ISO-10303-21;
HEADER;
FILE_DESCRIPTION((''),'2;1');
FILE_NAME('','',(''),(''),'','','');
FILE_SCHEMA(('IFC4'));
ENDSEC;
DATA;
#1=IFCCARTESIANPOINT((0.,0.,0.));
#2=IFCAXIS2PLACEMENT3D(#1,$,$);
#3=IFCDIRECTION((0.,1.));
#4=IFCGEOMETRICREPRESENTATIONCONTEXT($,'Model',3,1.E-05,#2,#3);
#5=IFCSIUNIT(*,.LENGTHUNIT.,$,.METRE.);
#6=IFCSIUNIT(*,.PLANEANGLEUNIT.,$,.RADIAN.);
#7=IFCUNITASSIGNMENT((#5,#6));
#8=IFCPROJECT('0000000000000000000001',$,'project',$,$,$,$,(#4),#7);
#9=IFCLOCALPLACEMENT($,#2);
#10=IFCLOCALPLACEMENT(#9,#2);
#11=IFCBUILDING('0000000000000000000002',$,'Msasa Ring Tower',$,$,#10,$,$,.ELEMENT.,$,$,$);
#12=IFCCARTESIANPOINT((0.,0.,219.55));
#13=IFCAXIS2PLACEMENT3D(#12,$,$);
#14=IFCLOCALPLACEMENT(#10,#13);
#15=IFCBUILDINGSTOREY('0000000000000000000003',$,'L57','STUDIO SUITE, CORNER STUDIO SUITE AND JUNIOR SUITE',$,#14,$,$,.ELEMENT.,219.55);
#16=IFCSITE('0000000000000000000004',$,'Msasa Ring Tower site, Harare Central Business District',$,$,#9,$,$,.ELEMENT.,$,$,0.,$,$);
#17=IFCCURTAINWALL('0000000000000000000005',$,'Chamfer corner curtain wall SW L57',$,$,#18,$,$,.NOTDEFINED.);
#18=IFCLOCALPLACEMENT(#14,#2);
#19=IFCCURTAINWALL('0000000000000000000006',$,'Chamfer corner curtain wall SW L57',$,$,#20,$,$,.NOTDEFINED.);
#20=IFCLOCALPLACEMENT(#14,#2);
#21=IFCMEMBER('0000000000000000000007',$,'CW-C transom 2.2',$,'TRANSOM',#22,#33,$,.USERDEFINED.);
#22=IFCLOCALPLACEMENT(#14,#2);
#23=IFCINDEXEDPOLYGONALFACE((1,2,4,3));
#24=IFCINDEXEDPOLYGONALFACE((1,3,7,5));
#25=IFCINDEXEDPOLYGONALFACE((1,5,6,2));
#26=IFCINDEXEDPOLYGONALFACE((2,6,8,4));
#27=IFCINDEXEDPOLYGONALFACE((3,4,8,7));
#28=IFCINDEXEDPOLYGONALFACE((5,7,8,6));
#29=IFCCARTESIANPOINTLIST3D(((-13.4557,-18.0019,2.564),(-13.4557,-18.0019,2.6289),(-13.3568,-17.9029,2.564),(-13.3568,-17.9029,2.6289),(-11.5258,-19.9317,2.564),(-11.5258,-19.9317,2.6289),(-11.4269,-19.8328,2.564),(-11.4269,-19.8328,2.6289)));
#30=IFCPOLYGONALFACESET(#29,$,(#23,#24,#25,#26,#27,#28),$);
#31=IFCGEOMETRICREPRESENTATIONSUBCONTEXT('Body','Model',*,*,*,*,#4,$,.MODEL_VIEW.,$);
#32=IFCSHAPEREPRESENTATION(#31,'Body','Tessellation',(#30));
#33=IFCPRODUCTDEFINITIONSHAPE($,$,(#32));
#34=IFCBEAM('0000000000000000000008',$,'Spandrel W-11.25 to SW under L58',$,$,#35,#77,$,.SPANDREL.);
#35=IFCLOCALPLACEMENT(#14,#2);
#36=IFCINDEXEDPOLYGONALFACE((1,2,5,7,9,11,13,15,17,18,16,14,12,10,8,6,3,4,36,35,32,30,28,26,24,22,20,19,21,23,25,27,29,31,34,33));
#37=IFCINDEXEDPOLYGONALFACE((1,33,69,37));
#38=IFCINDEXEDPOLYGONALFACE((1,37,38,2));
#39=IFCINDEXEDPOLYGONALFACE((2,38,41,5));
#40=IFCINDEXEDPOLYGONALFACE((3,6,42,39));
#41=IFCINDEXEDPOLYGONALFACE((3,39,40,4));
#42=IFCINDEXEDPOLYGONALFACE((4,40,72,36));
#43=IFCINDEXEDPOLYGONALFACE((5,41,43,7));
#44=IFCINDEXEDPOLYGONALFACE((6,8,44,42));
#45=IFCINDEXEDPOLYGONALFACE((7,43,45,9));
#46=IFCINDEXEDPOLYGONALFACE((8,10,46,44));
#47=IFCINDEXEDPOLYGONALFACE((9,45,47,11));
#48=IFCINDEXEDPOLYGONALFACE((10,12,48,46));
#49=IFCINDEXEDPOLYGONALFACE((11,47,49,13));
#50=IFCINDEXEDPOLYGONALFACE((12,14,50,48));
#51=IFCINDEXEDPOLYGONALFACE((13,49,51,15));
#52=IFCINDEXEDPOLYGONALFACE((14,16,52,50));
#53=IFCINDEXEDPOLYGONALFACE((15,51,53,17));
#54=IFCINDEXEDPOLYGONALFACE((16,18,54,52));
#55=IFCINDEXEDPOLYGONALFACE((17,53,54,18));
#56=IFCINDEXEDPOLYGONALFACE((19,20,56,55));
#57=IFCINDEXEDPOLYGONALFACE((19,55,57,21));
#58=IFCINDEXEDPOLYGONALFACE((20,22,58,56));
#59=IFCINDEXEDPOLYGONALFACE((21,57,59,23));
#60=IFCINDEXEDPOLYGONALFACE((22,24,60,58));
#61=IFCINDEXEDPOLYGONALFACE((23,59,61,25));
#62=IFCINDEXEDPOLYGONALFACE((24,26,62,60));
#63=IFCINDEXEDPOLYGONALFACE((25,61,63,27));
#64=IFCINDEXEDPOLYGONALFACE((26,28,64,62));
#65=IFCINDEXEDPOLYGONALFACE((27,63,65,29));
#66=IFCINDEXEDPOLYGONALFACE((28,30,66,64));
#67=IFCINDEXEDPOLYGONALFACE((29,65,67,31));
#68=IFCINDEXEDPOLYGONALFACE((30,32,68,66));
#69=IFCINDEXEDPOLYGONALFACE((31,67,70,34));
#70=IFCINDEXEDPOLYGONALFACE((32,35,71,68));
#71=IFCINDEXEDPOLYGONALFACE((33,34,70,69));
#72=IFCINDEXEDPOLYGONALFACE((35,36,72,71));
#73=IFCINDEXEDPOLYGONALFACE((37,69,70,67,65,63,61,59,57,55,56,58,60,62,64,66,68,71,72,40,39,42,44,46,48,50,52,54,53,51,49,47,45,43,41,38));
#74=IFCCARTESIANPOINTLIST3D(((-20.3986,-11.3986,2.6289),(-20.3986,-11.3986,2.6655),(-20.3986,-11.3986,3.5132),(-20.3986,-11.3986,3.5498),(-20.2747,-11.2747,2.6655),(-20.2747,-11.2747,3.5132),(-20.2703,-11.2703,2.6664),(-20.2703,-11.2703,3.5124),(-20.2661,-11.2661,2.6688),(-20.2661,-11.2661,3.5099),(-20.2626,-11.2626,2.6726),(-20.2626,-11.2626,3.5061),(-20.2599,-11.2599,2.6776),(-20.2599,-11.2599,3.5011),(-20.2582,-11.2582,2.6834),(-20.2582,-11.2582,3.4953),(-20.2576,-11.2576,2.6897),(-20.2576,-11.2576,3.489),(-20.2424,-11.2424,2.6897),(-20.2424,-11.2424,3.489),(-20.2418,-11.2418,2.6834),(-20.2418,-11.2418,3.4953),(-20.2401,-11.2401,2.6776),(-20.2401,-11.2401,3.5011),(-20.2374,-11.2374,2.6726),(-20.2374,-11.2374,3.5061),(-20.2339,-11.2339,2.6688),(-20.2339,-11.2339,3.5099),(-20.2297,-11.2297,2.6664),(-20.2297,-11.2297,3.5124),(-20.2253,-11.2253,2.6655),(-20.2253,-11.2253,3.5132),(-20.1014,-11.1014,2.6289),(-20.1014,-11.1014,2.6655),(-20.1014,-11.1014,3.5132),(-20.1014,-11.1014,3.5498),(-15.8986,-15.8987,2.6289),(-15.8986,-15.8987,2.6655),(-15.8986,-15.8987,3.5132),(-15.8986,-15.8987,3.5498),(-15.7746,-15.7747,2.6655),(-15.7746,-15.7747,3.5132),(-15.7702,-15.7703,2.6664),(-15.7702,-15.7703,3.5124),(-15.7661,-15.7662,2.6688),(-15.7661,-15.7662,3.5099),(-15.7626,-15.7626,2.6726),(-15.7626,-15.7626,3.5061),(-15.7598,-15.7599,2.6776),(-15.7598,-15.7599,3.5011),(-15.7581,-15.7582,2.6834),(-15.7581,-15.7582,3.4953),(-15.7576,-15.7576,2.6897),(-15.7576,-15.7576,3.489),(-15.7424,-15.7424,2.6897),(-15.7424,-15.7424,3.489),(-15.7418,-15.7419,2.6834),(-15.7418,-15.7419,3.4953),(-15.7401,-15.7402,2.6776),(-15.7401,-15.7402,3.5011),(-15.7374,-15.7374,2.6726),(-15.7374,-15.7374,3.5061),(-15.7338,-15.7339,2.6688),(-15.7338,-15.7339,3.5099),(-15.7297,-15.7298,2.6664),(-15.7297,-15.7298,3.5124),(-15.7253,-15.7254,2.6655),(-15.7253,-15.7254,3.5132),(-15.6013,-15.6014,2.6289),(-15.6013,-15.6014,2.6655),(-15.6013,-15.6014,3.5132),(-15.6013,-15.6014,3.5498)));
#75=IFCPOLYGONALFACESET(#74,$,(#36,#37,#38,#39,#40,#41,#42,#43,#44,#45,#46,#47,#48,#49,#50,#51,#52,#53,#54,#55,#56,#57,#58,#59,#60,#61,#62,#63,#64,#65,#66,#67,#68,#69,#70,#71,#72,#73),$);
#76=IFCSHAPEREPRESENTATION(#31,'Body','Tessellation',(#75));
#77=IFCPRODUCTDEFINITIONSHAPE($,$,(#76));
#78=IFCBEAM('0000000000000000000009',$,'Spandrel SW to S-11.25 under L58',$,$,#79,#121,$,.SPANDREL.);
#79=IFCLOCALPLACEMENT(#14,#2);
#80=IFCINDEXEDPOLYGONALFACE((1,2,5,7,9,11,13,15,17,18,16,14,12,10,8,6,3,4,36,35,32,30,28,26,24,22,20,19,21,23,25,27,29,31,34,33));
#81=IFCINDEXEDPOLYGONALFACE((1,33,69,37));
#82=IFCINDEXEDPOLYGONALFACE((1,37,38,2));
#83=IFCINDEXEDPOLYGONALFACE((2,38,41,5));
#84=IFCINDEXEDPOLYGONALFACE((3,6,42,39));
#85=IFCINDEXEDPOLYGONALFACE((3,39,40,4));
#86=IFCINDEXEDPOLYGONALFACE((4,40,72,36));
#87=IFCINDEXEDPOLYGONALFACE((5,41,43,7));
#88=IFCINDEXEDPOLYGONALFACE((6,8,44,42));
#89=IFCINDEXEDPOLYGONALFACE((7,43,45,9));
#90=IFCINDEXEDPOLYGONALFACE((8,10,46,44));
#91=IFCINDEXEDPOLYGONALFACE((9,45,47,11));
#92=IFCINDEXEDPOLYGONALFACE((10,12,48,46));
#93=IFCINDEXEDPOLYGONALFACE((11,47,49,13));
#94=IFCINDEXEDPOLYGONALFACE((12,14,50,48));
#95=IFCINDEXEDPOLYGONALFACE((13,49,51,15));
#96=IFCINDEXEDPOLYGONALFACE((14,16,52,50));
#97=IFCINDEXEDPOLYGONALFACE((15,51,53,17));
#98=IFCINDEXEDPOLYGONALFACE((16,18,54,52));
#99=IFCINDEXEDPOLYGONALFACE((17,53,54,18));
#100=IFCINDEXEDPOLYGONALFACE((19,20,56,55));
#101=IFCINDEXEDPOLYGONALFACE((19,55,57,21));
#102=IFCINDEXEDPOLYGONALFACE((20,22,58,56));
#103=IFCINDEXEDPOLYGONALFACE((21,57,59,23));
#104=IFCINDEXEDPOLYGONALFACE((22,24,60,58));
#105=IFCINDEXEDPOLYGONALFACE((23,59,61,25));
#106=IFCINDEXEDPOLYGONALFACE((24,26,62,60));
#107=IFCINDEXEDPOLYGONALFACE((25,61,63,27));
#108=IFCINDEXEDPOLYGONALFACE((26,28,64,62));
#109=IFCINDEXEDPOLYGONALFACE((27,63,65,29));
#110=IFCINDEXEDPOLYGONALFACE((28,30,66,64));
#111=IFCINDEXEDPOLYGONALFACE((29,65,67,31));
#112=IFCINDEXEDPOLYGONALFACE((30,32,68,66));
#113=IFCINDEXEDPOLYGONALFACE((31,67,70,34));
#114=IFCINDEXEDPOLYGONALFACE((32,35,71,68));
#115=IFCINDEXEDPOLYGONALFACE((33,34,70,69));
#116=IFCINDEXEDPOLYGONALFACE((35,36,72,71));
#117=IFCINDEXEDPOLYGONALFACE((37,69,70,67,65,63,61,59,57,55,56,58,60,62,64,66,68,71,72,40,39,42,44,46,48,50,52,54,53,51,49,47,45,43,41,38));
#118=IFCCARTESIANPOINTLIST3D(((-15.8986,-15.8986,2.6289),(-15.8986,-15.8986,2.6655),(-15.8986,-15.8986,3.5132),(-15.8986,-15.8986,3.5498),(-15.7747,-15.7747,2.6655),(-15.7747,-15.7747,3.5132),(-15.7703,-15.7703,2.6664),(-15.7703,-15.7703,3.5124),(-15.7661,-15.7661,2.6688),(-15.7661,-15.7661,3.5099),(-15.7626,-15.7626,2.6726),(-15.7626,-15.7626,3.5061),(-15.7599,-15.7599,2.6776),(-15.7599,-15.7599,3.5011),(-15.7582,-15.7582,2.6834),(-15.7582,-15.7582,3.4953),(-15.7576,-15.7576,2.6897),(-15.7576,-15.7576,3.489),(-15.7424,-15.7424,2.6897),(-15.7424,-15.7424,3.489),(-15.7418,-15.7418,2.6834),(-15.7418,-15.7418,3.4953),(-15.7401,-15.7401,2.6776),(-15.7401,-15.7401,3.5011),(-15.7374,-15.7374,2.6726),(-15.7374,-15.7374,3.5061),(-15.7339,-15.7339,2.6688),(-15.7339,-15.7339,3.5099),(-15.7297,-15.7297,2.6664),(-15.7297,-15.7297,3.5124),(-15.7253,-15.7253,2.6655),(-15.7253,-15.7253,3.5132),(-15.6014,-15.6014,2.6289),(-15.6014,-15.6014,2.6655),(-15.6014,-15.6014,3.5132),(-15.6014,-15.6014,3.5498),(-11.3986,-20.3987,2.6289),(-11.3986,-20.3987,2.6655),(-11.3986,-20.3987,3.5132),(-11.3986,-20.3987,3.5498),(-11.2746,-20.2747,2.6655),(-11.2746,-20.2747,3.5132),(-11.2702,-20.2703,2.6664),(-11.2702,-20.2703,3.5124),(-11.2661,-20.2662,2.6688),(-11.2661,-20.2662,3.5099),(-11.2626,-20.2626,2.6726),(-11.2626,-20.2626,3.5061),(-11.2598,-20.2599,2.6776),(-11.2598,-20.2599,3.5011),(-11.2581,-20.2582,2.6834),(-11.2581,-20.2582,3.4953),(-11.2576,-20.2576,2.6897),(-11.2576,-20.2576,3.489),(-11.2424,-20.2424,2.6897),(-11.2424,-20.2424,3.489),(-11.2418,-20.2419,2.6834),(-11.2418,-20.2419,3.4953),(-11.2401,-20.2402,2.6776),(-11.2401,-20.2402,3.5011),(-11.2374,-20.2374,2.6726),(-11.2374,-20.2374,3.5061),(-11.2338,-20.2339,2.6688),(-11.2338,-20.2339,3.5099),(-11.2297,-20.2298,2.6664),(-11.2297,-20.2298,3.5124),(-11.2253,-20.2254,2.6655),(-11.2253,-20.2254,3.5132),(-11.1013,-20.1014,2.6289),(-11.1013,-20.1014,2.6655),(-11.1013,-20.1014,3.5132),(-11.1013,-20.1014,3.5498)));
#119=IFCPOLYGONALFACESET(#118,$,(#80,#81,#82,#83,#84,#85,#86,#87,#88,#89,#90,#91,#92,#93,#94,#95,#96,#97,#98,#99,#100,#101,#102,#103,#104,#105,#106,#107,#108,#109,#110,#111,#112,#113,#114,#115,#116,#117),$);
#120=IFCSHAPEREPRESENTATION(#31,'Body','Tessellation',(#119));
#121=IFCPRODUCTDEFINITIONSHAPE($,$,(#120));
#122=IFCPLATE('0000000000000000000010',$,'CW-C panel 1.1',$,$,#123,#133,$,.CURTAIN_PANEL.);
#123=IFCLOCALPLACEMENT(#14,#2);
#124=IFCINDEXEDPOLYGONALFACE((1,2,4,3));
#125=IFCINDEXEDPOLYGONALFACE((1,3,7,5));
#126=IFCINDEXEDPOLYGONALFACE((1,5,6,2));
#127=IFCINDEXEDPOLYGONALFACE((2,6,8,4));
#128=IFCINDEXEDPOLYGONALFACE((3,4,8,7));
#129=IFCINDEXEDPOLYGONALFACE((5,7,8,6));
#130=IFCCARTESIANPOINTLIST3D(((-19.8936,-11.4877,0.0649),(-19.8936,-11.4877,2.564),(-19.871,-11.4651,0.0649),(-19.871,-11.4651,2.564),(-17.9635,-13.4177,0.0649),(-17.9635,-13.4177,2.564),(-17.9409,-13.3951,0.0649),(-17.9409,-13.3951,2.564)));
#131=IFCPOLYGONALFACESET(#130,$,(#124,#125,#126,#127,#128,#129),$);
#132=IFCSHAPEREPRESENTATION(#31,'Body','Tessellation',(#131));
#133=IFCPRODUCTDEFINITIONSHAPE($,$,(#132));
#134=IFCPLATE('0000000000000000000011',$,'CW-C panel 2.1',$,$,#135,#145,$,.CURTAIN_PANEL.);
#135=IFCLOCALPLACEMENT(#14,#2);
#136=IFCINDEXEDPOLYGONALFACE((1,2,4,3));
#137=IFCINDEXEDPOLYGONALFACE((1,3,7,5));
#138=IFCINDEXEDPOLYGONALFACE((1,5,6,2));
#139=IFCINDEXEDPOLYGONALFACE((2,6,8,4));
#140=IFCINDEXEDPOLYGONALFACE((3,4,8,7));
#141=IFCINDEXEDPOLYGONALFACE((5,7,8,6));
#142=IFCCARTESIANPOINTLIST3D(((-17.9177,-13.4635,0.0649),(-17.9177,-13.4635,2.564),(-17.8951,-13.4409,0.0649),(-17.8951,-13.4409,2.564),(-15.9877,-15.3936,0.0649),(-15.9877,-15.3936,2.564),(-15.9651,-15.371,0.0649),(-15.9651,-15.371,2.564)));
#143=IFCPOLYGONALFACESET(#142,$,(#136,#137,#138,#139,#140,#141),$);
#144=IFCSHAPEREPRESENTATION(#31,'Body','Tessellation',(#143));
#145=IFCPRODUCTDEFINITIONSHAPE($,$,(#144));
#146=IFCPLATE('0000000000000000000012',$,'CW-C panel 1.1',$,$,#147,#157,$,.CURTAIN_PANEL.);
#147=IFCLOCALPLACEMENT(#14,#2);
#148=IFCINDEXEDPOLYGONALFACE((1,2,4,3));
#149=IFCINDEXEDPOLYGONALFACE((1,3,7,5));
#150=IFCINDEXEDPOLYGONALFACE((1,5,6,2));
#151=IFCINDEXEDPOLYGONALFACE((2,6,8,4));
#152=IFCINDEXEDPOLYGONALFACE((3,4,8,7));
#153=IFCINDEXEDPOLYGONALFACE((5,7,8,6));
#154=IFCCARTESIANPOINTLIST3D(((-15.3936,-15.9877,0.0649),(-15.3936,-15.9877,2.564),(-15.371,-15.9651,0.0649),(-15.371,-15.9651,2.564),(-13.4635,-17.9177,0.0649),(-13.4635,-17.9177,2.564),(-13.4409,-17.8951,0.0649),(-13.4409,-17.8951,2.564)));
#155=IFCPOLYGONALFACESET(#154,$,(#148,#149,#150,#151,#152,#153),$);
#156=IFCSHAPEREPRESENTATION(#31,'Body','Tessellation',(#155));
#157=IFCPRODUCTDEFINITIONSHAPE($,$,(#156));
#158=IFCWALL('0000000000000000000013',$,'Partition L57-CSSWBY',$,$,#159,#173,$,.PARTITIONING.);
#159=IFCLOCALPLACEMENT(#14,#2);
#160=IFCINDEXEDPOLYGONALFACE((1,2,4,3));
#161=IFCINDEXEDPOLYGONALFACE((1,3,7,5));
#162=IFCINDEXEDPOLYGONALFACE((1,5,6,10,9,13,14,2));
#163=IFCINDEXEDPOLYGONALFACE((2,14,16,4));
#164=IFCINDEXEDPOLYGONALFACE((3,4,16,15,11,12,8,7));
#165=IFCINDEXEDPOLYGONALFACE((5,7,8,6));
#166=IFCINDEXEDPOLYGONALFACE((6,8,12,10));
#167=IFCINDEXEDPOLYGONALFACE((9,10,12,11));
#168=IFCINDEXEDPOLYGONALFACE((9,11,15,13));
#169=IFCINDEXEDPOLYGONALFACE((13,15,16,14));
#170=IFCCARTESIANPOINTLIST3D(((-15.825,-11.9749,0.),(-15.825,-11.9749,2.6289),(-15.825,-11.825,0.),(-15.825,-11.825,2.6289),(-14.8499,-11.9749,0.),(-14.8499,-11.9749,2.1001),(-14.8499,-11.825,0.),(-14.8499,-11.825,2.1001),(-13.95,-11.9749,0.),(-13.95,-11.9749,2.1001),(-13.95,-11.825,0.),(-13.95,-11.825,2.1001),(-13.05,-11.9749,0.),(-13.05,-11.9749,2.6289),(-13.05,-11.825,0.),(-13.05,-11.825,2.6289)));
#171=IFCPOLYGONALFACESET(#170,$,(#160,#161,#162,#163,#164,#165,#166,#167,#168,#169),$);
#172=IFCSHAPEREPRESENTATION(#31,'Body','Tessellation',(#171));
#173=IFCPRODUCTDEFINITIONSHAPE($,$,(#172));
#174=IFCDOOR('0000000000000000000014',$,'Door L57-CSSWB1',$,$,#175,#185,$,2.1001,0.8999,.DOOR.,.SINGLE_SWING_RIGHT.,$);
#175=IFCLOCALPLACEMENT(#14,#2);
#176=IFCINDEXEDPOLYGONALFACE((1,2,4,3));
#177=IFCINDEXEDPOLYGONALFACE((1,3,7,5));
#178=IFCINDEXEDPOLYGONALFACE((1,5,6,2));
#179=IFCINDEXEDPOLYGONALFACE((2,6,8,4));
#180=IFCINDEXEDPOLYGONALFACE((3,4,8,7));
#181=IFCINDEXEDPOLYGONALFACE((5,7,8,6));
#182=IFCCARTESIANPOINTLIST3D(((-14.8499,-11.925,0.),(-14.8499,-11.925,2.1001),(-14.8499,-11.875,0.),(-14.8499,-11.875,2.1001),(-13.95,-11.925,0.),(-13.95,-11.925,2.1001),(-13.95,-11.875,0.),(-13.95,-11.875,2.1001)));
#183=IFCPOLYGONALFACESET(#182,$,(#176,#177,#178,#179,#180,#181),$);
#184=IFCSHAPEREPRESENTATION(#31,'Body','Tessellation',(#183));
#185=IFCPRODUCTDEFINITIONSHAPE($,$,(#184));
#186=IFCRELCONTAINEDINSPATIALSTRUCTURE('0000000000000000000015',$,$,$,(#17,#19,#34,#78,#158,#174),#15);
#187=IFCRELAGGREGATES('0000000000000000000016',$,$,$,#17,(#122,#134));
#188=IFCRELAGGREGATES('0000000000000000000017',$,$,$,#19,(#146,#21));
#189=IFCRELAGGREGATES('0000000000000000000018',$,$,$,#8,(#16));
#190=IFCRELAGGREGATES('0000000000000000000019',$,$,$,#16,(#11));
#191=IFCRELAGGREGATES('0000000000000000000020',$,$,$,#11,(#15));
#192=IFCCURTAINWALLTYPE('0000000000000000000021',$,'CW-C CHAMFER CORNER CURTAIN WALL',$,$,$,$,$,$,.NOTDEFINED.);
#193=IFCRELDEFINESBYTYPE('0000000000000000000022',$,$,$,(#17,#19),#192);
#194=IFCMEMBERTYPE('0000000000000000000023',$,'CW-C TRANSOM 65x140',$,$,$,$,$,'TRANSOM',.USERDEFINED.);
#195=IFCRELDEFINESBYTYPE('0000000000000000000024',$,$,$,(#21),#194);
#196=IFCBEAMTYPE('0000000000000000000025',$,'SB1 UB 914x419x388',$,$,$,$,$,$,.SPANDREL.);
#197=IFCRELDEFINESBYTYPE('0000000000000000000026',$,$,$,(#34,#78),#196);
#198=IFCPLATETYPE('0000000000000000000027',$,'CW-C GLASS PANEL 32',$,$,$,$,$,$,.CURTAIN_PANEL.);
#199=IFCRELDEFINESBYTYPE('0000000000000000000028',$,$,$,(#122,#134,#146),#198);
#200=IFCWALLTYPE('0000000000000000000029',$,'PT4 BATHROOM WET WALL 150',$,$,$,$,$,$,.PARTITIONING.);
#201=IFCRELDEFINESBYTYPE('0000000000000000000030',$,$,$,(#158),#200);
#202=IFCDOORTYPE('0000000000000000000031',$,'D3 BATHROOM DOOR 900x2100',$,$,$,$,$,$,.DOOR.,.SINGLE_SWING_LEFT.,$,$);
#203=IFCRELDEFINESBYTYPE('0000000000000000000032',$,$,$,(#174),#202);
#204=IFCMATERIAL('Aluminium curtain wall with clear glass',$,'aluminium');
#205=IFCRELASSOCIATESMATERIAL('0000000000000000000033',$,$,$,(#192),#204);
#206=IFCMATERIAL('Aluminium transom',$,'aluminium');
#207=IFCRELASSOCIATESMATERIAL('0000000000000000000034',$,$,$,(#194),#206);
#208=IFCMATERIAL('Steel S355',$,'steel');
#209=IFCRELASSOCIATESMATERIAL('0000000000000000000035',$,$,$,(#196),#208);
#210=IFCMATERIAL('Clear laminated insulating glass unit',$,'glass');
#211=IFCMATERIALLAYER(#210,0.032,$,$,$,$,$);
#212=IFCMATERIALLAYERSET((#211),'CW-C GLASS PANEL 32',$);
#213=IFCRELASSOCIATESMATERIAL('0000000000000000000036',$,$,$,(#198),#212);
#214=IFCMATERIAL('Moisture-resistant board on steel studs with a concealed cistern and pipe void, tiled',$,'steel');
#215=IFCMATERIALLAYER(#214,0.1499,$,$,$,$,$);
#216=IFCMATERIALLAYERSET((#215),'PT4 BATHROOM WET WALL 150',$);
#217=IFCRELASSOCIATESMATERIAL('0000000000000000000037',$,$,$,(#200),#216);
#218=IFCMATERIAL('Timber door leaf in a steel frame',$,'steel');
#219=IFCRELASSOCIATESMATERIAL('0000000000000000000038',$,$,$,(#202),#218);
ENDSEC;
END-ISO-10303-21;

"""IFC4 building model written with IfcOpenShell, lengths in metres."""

from ifc_helpers import new_model, si_unit, direction, frame, frame_2d, origin, origin_2d, place, context, subcontext, project, spatial, rectangle, i_section, extrude, material, layer, layer_set, material_profile, profile_set, type_object, element, fill, aggregate, save


model = new_model("IFC4")

# Units and contexts
model_context = context("Model", 3, precision=1e-05, world=origin(), true_north=direction((0.0, 1.0)))
body_context = subcontext(model_context, "Body", "Model", "MODEL_VIEW")
ifc_project = project(units=[si_unit("LENGTHUNIT", "METRE"), si_unit("PLANEANGLEUNIT", "RADIAN")], contexts=[model_context])

# Site, building, storey
site_placement = place(None, origin())
site = spatial("IfcSite", under=ifc_project, at=site_placement, Name="Msasa Ring Tower site, Harare Central Business District", CompositionType="ELEMENT", RefElevation=0.0)
building_placement = place(site_placement, origin())
building = spatial("IfcBuilding", under=site, at=building_placement, Name="Msasa Ring Tower", CompositionType="ELEMENT")
storey_placement = place(building_placement, frame((0.0, 0.0, 219.55)))
storey = spatial("IfcBuildingStorey", under=building, at=storey_placement, Name="L57", Description="STUDIO SUITE, CORNER STUDIO SUITE AND JUNIOR SUITE", CompositionType="ELEMENT", Elevation=219.55)

# Curtain walls
ifc_material_1 = material(Name="Aluminium curtain wall with clear glass", Category="aluminium")
curtain_wall_type = type_object("IfcCurtainWallType", Name="CW-C CHAMFER CORNER CURTAIN WALL", PredefinedType="NOTDEFINED", material=ifc_material_1)
curtain_wall_1_placement = place(storey_placement, origin())
curtain_wall_1 = element("IfcCurtainWall", 1, at=curtain_wall_1_placement, inside=storey, type_object=curtain_wall_type, Name="Chamfer corner curtain wall SW L57", PredefinedType="NOTDEFINED")
curtain_wall_2_placement = place(storey_placement, origin())
curtain_wall_2 = element("IfcCurtainWall", 2, at=curtain_wall_2_placement, inside=storey, type_object=curtain_wall_type, Name="Chamfer corner curtain wall SW L57", PredefinedType="NOTDEFINED")

# Member
ifc_material_2 = material(Name="Aluminium transom", Category="aluminium")
ifc_material_profile_1 = material_profile(ifc_material_2, rectangle(XDim=0.1399, YDim=0.0649, at=origin_2d()), Name="AL 65x140")
ifc_profile_set_1 = profile_set([ifc_material_profile_1], Name="Aluminium transom")
member_type_1 = type_object("IfcMemberType", Name="CW-C TRANSOM 65x140", ElementType="TRANSOM", PredefinedType="USERDEFINED", material=ifc_profile_set_1)
member_1_placement = place(storey_placement, frame((-13.4062, -17.9524, 2.5964), z_axis=(0.707107, -0.707107, 0.0), x_axis=(0.707107, 0.707107, 0.0)))
member_1 = element("IfcMember", 3, at=member_1_placement, type_object=member_type_1, Name="CW-C transom 2.2", ObjectType="TRANSOM", PredefinedType="USERDEFINED", context=body_context, shape_type="SweptSolid", body=[
    extrude(rectangle(XDim=0.1399, YDim=0.0649, at=origin_2d()), origin(), (0.0, 0.0, 1.0), 2.7292),
])

# Beams
ifc_material_3 = material(Name="Steel S355", Category="steel")
ifc_material_profile_2 = material_profile(ifc_material_3, i_section(OverallWidth=0.4204, OverallDepth=0.9209, WebThickness=0.0215, FlangeThickness=0.0366, FilletRadius=0.0242, at=origin_2d()), Name="UB 914x419x388")
ifc_profile_set_2 = profile_set([ifc_material_profile_2], Name="Steel S355")
beam_type = type_object("IfcBeamType", Name="SB1 UB 914x419x388", PredefinedType="SPANDREL", material=ifc_profile_set_2)
for number, where, z_axis, x_axis, name in (
    (4, (-20.25, -11.25, 3.0894), (0.707107, -0.707107, 0.0), (0.707107, 0.707107, 0.0), "Spandrel W-11.25 to SW under L58"),
    (5, (-15.75, -15.75, 3.0894), (0.707107, -0.707107, 0.0), (0.707107, 0.707107, 0.0), "Spandrel SW to S-11.25 under L58"),
):
    element("IfcBeam", number, at=place(storey_placement, frame(where, z_axis=z_axis, x_axis=x_axis)), inside=storey, type_object=beam_type, Name=name, PredefinedType="SPANDREL", context=body_context, shape_type="SweptSolid", body=[
        extrude(i_section(OverallWidth=0.4204, OverallDepth=0.9209, WebThickness=0.0215, FlangeThickness=0.0366, FilletRadius=0.0242, at=origin_2d()), origin(), (0.0, 0.0, 1.0), 6.364),
    ])

# Plates
ifc_material_4 = material(Name="Clear laminated insulating glass unit", Category="glass")
ifc_layer_1 = layer(ifc_material_4, 0.032)
ifc_layer_set_1 = layer_set([ifc_layer_1], Name="CW-C GLASS PANEL 32")
plate_type = type_object("IfcPlateType", Name="CW-C GLASS PANEL 32", PredefinedType="CURTAIN_PANEL", material=ifc_layer_set_1)
plate_1_placement = place(storey_placement, frame((-18.9172, -12.4414, 0.0649), z_axis=(0.0, 0.0, 1.0), x_axis=(0.707107, -0.707107, 0.0)))
plate_1 = element("IfcPlate", 6, at=plate_1_placement, type_object=plate_type, Name="CW-C panel 1.1", PredefinedType="CURTAIN_PANEL", context=body_context, shape_type="SweptSolid", body=[
    extrude(rectangle(XDim=2.7295, YDim=0.032, at=origin_2d()), origin(), (0.0, 0.0, 1.0), 2.499),
])
plate_2_placement = place(storey_placement, frame((-16.9414, -14.4172, 0.0649), z_axis=(0.0, 0.0, 1.0), x_axis=(0.707107, -0.707107, 0.0)))
plate_2 = element("IfcPlate", 7, at=plate_2_placement, type_object=plate_type, Name="CW-C panel 2.1", PredefinedType="CURTAIN_PANEL", context=body_context, shape_type="SweptSolid", body=[
    extrude(rectangle(XDim=2.7295, YDim=0.032, at=origin_2d()), origin(), (0.0, 0.0, 1.0), 2.499),
])
aggregate(curtain_wall_1, [plate_1, plate_2])
plate_3_placement = place(storey_placement, frame((-14.4172, -16.9414, 0.0649), z_axis=(0.0, 0.0, 1.0), x_axis=(0.707107, -0.707107, 0.0)))
plate_3 = element("IfcPlate", 8, at=plate_3_placement, type_object=plate_type, Name="CW-C panel 1.1", PredefinedType="CURTAIN_PANEL", context=body_context, shape_type="SweptSolid", body=[
    extrude(rectangle(XDim=2.7295, YDim=0.032, at=origin_2d()), origin(), (0.0, 0.0, 1.0), 2.499),
])
aggregate(curtain_wall_2, [plate_3, member_1])

# Wall, opening, door
ifc_material_5 = material(Name="Moisture-resistant board on steel studs with a concealed cistern and pipe void, tiled", Category="steel")
ifc_layer_2 = layer(ifc_material_5, 0.1499)
ifc_layer_set_2 = layer_set([ifc_layer_2], Name="PT4 BATHROOM WET WALL 150")
wall_type = type_object("IfcWallType", Name="PT4 BATHROOM WET WALL 150", PredefinedType="PARTITIONING", material=ifc_layer_set_2)
wall_1_placement = place(storey_placement, frame((-15.825, -11.8999, 0.0), z_axis=(0.0, 0.0, 1.0), x_axis=(1.0, 0.0, 0.0)))
wall_1 = element("IfcWall", 9, at=wall_1_placement, inside=storey, type_object=wall_type, Name="Partition L57-CSSWBY", PredefinedType="PARTITIONING", context=body_context, shape_type="SweptSolid", body=[
    extrude(rectangle(XDim=2.7749, YDim=0.1499, at=frame_2d((1.3875, 0.0))), origin(), (0.0, 0.0, 1.0), 2.6289),
])
opening_placement = place(wall_1_placement, frame((0.9751, 0.0, 0.0)))
opening = element("IfcOpeningElement", 10, at=opening_placement, cuts=wall_1, PredefinedType="OPENING", context=body_context, shape_type="SweptSolid", body=[
    extrude(rectangle(XDim=0.8999, YDim=2.1001, at=frame_2d((0.45, 1.05))), frame((0.0, 0.085, 0.0), z_axis=(0.0, -1.0, 0.0), x_axis=(1.0, 0.0, 0.0)), (0.0, 0.0, 1.0), 0.1699),
])
ifc_material_6 = material(Name="Timber door leaf in a steel frame", Category="steel")
door_type = type_object("IfcDoorType", Name="D3 BATHROOM DOOR 900x2100", OperationType="SINGLE_SWING_LEFT", PredefinedType="DOOR", material=ifc_material_6)
door_placement = place(opening_placement, origin())
door = element("IfcDoor", 11, at=door_placement, inside=storey, type_object=door_type, Name="Door L57-CSSWB1", OperationType="SINGLE_SWING_RIGHT", OverallHeight=2.1001, OverallWidth=0.8999, PredefinedType="DOOR", context=body_context, shape_type="SweptSolid", body=[
    extrude(rectangle(XDim=0.8999, YDim=2.1001, at=frame_2d((0.45, 1.05))), frame((0.0, 0.0249, 0.0), z_axis=(0.0, -1.0, 0.0), x_axis=(1.0, 0.0, 0.0)), (0.0, 0.0, 1.0), 0.05),
])
fill(opening, door)

save(model, "model.ifc")
